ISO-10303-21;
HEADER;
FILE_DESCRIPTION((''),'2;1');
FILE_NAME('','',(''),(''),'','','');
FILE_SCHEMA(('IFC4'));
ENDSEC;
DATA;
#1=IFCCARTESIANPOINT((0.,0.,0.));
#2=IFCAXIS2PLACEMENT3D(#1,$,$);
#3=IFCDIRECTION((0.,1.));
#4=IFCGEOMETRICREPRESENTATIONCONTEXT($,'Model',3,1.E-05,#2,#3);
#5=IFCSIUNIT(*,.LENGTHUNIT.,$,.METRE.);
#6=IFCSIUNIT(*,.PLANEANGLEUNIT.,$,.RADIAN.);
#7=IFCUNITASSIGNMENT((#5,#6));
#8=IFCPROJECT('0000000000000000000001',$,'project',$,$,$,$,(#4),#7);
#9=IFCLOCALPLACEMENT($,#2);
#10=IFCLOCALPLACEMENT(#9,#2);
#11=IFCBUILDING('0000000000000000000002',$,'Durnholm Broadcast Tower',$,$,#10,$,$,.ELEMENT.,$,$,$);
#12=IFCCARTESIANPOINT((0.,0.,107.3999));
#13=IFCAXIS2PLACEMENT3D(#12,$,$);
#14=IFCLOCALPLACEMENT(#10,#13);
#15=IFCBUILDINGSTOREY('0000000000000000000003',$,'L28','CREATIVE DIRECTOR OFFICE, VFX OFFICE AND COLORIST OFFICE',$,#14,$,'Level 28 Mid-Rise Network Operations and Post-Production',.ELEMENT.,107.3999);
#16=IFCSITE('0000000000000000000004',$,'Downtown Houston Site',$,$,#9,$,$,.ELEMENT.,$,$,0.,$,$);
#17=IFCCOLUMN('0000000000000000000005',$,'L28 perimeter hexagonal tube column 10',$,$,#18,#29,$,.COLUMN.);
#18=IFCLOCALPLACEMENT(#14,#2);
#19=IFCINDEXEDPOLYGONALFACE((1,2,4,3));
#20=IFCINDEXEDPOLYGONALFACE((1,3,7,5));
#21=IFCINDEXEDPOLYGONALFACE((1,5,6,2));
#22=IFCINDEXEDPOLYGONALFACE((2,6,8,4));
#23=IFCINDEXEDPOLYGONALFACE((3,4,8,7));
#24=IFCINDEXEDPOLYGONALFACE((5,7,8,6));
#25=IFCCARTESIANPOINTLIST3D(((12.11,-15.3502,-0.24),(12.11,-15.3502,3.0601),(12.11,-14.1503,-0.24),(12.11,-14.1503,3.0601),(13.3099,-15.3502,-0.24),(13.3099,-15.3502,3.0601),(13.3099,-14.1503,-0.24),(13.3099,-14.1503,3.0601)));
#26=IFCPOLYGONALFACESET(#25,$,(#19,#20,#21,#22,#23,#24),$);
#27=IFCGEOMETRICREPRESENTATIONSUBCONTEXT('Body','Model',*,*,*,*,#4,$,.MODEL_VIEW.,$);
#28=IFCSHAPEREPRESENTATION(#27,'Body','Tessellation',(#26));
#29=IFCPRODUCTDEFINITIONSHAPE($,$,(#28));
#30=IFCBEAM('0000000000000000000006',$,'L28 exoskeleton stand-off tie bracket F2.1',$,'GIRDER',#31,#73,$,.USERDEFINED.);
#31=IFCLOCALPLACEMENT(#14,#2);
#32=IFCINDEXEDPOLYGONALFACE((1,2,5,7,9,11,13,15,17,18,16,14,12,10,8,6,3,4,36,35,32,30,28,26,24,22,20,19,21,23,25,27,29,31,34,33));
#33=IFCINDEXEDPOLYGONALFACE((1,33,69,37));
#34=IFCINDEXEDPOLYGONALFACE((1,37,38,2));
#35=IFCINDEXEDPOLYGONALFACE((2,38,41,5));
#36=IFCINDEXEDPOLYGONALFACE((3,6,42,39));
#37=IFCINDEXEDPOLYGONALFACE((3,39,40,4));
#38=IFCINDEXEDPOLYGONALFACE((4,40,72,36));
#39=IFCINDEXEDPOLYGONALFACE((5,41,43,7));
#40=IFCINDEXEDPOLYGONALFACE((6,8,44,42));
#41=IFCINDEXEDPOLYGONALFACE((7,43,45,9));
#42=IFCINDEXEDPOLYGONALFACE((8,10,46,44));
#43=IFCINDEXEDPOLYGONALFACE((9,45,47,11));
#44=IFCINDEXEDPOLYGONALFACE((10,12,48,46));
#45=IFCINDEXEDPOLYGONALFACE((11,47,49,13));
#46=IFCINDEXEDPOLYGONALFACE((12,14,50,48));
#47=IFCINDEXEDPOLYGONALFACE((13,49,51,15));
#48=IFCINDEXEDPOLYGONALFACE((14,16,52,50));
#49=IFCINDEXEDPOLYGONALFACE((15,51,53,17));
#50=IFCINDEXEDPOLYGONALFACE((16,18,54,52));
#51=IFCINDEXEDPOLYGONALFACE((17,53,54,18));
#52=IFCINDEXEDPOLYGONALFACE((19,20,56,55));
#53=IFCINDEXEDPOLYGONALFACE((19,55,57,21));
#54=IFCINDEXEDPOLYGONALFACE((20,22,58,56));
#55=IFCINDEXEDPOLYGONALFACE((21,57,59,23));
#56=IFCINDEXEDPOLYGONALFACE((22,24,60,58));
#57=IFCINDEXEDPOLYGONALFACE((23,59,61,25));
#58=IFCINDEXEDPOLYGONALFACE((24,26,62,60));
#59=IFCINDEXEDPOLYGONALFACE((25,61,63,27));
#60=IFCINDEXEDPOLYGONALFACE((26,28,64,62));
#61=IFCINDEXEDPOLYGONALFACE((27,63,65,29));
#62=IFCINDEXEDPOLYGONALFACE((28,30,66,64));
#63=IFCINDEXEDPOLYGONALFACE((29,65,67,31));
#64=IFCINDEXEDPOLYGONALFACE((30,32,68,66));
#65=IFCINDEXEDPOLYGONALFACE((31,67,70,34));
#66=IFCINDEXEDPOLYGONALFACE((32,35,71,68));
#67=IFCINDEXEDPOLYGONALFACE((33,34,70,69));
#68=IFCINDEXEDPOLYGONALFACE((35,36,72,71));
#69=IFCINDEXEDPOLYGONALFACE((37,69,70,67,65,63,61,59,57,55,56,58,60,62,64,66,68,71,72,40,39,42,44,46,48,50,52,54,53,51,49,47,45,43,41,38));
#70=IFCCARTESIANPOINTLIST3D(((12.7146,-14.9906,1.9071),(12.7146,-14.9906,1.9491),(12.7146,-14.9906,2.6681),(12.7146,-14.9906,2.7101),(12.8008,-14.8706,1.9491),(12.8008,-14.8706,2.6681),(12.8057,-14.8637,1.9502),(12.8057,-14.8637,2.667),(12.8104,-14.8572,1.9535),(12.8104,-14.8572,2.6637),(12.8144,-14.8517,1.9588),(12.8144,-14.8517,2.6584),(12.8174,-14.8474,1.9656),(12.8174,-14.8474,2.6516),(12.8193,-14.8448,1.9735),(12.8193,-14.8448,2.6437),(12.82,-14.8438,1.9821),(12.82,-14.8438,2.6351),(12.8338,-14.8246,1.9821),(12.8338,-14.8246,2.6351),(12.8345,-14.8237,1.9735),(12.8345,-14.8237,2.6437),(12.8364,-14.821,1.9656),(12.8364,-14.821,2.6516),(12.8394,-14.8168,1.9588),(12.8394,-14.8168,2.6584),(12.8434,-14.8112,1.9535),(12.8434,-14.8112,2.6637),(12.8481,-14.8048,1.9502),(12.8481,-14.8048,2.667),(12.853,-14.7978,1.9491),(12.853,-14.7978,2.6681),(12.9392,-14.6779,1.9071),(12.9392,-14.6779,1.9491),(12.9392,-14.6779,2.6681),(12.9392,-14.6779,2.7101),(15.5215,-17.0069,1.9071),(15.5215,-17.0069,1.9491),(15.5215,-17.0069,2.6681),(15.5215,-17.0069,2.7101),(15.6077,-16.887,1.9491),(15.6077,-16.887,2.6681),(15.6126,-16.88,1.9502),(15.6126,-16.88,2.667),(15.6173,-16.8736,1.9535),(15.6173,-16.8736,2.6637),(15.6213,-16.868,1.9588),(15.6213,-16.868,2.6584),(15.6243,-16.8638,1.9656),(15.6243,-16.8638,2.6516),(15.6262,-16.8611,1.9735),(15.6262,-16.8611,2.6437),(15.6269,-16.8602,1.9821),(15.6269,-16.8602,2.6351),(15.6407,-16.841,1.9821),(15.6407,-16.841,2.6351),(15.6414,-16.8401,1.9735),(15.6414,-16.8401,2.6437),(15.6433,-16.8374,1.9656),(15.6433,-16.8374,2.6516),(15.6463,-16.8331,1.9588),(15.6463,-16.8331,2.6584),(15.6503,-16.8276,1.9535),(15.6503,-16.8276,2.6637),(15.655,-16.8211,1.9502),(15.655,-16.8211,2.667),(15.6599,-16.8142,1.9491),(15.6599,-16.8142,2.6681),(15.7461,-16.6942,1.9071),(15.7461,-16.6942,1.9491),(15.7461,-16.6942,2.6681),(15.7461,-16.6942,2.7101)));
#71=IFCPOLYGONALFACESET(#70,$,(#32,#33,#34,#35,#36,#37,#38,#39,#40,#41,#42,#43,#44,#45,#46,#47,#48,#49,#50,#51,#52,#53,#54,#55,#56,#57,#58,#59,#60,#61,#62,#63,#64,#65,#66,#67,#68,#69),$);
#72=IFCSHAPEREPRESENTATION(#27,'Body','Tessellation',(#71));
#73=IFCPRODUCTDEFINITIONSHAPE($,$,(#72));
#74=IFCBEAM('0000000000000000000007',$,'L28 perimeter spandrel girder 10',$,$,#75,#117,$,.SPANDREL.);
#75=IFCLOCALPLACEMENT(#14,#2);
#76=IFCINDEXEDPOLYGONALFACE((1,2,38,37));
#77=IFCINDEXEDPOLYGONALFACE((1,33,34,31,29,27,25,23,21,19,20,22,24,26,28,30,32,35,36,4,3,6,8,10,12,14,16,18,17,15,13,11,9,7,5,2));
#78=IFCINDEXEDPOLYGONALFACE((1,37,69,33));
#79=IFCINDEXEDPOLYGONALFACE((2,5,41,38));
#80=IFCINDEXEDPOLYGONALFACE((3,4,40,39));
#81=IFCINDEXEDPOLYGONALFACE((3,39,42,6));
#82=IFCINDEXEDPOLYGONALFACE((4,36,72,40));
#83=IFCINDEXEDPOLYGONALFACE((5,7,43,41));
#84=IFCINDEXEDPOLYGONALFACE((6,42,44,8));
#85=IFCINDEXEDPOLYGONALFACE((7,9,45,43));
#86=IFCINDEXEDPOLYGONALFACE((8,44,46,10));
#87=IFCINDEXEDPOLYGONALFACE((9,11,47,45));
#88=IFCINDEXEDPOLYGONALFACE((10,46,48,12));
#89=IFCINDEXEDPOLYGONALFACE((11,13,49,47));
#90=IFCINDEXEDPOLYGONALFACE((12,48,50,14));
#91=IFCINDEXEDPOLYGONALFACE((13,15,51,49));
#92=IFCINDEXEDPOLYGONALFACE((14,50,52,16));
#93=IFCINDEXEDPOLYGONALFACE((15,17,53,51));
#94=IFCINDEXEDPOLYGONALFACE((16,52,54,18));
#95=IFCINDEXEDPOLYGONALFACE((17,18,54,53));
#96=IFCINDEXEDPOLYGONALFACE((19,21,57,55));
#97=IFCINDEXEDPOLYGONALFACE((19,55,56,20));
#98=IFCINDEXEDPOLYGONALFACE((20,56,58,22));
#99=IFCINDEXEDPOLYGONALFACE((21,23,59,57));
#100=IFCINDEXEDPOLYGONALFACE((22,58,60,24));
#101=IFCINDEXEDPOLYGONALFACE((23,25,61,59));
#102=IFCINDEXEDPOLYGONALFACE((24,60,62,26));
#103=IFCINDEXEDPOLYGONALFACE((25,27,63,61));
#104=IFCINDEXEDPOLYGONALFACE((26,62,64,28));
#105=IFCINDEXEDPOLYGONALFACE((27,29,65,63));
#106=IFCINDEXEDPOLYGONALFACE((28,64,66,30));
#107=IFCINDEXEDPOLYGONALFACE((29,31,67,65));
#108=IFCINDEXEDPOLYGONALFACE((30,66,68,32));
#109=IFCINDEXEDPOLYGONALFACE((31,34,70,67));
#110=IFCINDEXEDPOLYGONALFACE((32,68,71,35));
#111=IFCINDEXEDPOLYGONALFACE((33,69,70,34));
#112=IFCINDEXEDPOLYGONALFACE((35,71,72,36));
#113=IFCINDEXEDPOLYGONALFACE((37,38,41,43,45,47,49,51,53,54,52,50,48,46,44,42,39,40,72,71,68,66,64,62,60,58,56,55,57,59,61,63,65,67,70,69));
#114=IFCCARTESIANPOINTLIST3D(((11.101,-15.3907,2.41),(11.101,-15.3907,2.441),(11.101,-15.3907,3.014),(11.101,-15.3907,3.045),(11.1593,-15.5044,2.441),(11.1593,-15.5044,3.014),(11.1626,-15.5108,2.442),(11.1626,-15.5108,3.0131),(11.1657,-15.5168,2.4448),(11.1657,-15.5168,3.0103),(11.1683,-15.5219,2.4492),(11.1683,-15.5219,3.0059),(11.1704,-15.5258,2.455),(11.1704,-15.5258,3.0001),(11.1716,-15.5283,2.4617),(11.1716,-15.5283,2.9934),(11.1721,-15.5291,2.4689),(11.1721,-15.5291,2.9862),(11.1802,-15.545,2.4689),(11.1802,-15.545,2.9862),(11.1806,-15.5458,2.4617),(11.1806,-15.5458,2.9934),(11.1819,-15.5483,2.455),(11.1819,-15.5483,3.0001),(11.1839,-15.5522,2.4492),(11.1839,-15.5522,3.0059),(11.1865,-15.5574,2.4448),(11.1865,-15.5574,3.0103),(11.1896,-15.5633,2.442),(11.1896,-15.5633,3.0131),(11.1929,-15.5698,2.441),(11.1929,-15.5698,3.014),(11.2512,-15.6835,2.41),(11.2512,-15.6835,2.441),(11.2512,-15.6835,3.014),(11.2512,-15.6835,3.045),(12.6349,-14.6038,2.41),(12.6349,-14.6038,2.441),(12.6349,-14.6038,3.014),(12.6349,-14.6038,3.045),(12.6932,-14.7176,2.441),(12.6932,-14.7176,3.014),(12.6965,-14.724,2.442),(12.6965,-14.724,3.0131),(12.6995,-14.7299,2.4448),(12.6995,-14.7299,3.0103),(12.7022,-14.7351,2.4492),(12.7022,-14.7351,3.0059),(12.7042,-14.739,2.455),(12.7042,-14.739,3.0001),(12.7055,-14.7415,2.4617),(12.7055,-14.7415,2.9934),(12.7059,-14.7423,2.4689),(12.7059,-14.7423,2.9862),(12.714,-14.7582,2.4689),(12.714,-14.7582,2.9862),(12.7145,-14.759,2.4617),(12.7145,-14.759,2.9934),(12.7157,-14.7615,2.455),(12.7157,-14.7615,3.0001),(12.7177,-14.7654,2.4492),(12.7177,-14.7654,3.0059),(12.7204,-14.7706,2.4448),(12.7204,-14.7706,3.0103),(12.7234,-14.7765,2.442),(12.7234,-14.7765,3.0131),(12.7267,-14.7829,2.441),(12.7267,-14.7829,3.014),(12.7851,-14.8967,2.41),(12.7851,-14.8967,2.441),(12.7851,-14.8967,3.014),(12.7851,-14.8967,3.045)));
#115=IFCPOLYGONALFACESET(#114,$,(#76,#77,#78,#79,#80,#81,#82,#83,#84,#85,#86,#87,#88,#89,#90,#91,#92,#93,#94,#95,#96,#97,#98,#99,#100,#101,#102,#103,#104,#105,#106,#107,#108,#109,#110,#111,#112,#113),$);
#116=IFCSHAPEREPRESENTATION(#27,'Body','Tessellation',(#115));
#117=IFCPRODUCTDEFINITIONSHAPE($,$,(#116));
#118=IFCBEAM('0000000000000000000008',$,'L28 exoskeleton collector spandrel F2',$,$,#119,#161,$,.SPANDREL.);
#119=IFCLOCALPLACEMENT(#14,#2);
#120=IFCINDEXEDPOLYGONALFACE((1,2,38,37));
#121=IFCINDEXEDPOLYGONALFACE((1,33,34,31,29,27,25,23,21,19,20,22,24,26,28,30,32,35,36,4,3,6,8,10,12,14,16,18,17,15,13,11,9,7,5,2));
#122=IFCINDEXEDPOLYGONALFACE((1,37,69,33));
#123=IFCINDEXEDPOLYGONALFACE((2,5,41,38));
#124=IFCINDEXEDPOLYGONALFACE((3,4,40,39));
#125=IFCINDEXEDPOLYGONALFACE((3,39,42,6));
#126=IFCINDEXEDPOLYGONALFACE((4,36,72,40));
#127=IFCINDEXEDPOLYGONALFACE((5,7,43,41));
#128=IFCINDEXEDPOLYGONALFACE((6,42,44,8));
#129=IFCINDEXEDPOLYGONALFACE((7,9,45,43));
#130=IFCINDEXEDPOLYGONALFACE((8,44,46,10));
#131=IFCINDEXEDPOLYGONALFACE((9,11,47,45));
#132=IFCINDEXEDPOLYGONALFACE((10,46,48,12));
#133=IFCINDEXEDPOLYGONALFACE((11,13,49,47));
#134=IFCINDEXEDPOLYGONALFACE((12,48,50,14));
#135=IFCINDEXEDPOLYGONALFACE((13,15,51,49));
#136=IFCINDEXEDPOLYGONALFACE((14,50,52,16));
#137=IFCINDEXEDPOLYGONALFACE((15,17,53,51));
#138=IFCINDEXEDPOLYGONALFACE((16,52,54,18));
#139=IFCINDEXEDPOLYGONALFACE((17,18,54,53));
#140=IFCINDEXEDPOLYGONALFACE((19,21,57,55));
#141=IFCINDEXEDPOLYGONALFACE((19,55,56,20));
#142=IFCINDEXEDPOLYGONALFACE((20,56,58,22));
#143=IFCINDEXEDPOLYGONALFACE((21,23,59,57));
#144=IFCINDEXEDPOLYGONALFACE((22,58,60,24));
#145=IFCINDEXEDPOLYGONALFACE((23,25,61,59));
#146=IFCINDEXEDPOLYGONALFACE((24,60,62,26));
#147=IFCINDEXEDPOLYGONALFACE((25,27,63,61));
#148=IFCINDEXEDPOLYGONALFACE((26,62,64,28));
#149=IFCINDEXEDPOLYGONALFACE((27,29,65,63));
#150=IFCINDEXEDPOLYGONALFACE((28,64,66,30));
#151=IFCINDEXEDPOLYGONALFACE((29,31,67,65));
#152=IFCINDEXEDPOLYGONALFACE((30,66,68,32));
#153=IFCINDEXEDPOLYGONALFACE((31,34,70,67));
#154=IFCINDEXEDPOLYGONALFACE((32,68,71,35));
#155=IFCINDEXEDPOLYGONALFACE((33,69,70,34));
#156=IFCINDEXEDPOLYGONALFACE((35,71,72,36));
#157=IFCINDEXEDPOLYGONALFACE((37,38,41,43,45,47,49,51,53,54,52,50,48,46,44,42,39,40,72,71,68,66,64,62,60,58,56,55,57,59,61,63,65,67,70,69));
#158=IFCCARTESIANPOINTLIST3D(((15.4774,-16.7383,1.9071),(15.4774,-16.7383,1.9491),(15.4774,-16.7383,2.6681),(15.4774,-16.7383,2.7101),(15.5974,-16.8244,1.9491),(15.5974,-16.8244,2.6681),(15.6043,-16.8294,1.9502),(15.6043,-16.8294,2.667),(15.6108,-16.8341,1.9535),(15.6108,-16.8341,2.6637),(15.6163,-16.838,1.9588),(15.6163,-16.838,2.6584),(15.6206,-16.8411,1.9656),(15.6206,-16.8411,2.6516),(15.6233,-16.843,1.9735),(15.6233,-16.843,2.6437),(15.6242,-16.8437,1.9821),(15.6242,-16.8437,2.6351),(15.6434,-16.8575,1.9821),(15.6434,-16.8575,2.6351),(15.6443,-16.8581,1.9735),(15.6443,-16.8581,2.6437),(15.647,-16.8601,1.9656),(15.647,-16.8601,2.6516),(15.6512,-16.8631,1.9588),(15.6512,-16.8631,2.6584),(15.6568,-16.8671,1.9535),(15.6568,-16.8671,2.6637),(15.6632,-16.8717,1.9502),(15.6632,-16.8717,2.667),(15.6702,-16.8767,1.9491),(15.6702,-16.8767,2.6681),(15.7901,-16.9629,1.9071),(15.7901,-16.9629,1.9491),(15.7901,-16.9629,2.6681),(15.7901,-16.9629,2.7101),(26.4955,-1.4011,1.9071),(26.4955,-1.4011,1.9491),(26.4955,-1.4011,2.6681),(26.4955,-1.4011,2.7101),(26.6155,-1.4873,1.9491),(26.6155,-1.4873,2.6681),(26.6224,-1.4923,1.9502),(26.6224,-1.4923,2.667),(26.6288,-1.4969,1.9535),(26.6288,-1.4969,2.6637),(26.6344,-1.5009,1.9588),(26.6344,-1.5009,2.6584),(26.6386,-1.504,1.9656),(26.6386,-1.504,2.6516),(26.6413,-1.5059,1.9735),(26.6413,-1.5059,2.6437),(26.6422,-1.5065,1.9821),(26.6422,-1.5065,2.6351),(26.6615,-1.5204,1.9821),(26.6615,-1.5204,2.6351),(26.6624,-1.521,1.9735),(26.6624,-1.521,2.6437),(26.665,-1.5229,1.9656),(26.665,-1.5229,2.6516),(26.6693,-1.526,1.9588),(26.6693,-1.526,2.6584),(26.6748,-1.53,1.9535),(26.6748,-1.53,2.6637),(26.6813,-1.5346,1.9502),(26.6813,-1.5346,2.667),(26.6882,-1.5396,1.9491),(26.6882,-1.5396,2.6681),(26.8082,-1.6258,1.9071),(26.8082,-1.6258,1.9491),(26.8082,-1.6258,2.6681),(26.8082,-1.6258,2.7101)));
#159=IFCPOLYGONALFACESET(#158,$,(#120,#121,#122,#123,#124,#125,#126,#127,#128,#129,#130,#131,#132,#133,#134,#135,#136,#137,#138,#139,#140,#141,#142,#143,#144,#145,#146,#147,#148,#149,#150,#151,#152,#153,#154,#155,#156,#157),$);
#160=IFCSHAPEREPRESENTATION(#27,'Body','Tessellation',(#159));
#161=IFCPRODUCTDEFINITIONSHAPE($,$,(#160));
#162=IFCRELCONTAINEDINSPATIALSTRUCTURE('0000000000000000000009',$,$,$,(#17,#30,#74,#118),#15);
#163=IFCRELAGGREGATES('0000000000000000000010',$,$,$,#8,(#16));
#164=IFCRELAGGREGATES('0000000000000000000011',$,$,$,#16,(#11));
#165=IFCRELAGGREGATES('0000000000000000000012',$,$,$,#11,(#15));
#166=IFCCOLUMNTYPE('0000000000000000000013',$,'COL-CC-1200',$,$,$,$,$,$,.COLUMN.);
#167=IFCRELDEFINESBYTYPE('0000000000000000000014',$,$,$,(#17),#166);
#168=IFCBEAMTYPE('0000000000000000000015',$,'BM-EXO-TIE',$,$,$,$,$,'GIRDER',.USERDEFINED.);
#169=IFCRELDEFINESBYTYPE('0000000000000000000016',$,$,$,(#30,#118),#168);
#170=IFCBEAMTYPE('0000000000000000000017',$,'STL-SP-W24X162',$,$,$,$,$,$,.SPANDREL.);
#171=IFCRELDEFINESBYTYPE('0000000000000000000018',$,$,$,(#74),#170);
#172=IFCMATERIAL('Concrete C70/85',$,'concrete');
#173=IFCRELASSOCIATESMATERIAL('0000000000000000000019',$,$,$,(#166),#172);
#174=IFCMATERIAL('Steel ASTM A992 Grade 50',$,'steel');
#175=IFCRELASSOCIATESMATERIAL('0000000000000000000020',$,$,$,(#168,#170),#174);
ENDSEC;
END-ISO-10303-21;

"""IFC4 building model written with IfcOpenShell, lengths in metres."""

from ifc_helpers import new_model, si_unit, direction, frame, origin, origin_2d, place, context, subcontext, project, spatial, rectangle, i_section, extrude, source, transform, mapped, material, material_profile, profile_set, type_object, type_shapes, element, save


model = new_model("IFC4")

# Units and contexts
model_context = context("Model", 3, precision=1e-05, world=origin(), true_north=direction((0.0, 1.0)))
body_context = subcontext(model_context, "Body", "Model", "MODEL_VIEW")
ifc_project = project(units=[si_unit("LENGTHUNIT", "METRE"), si_unit("PLANEANGLEUNIT", "RADIAN")], contexts=[model_context])

# Site, building, storey
site_placement = place(None, origin())
site = spatial("IfcSite", under=ifc_project, at=site_placement, Name="Downtown Houston Site", CompositionType="ELEMENT", RefElevation=0.0)
building_placement = place(site_placement, origin())
building = spatial("IfcBuilding", under=site, at=building_placement, Name="Durnholm Broadcast Tower", CompositionType="ELEMENT")
storey_placement = place(building_placement, frame((0.0, 0.0, 107.3999)))
storey = spatial("IfcBuildingStorey", under=building, at=storey_placement, Name="L28", Description="CREATIVE DIRECTOR OFFICE, VFX OFFICE AND COLORIST OFFICE", LongName="Level 28 Mid-Rise Network Operations and Post-Production", CompositionType="ELEMENT", Elevation=107.3999)

# Column
ifc_material_1 = material(Name="Concrete C70/85", Category="concrete")
ifc_material_profile_1 = material_profile(ifc_material_1, rectangle(XDim=1.2, YDim=1.2, at=origin_2d()), Name="RC1200X1200")
ifc_profile_set_1 = profile_set([ifc_material_profile_1], Name="Concrete C70/85")
column_type = type_object("IfcColumnType", Name="COL-CC-1200", PredefinedType="COLUMN", material=ifc_profile_set_1)
shared_shape_1 = source(origin(), body_context, "Body", "SweptSolid", [
    extrude(rectangle(XDim=1.2, YDim=1.2, at=origin_2d()), origin(), (0.0, 0.0, 1.0), 3.3),
])
type_shapes(column_type, [shared_shape_1])
column_placement = place(storey_placement, frame((12.71, -14.7502, -0.24), z_axis=(0.0, 0.0, 1.0), x_axis=(1.0, 0.0, 0.0)))
element("IfcColumn", 1, at=column_placement, inside=storey, type_object=column_type, Name="L28 perimeter hexagonal tube column 10", PredefinedType="COLUMN", context=body_context, shape_type="MappedRepresentation", body=[
    mapped(shared_shape_1, transform((0.0, 0.0, 0.0), x_axis=(1.0, 0.0, 0.0), y_axis=(0.0, 1.0, 0.0), z_axis=(0.0, 0.0, 1.0), scale=1.0)),
])

# Beams
ifc_material_2 = material(Name="Steel ASTM A992 Grade 50", Category="steel")
ifc_material_profile_2 = material_profile(ifc_material_2, i_section(OverallWidth=0.385, OverallDepth=0.803, WebThickness=0.0237, FlangeThickness=0.042, FilletRadius=0.033, at=origin_2d()), Name="W30X261")
ifc_profile_set_2 = profile_set([ifc_material_profile_2], Name="Steel ASTM A992 Grade 50")
beam_type_1 = type_object("IfcBeamType", Name="BM-EXO-TIE", ElementType="GIRDER", PredefinedType="USERDEFINED", material=ifc_profile_set_2)
shared_shape_2 = source(origin(), body_context, "Body", "SweptSolid", [
    extrude(i_section(OverallWidth=0.385, OverallDepth=0.803, WebThickness=0.0237, FlangeThickness=0.042, FilletRadius=0.033, at=origin_2d()), origin(), (0.0, 0.0, 1.0), 3.4561),
])
beam_1_placement = place(storey_placement, frame((12.8269, -14.8342, 2.3086), z_axis=(0.812165, -0.583428, 0.0), x_axis=(0.583428, 0.812165, 0.0)))
element("IfcBeam", 2, at=beam_1_placement, inside=storey, type_object=beam_type_1, Name="L28 exoskeleton stand-off tie bracket F2.1", ObjectType="GIRDER", PredefinedType="USERDEFINED", context=body_context, shape_type="MappedRepresentation", body=[
    mapped(shared_shape_2, transform((0.0, 0.0, 0.0), x_axis=(1.0, 0.0, 0.0), y_axis=(0.0, 1.0, 0.0), z_axis=(0.0, 0.0, 1.0), scale=1.0)),
])
ifc_material_profile_3 = material_profile(ifc_material_2, i_section(OverallWidth=0.3291, OverallDepth=0.635, WebThickness=0.0178, FlangeThickness=0.031, FilletRadius=0.0278, at=origin_2d()), Name="W24X162")
ifc_profile_set_3 = profile_set([ifc_material_profile_3], Name="Steel ASTM A992 Grade 50")
beam_type_2 = type_object("IfcBeamType", Name="STL-SP-W24X162", PredefinedType="SPANDREL", material=ifc_profile_set_3)
shared_shape_3 = source(origin(), body_context, "Body", "SweptSolid", [
    extrude(i_section(OverallWidth=0.3291, OverallDepth=0.635, WebThickness=0.0178, FlangeThickness=0.031, FilletRadius=0.0278, at=origin_2d()), origin(), (0.0, 0.0, 1.0), 1.7239),
])
type_shapes(beam_type_2, [shared_shape_3])
beam_2_placement = place(storey_placement, frame((12.71, -14.7502, 2.7275), z_axis=(-0.889763, -0.456423, 0.0), x_axis=(0.456423, -0.889763, 0.0)))
element("IfcBeam", 3, at=beam_2_placement, inside=storey, type_object=beam_type_2, Name="L28 perimeter spandrel girder 10", PredefinedType="SPANDREL", context=body_context, shape_type="MappedRepresentation", body=[
    mapped(shared_shape_3, transform((0.0, 0.0, 0.0), x_axis=(1.0, 0.0, 0.0), y_axis=(0.0, 1.0, 0.0), z_axis=(0.0, 0.0, 1.0), scale=1.0)),
])
shared_shape_4 = source(origin(), body_context, "Body", "SweptSolid", [
    extrude(i_section(OverallWidth=0.385, OverallDepth=0.803, WebThickness=0.0237, FlangeThickness=0.042, FilletRadius=0.033, at=origin_2d()), origin(), (0.0, 0.0, 1.0), 18.8845),
])
type_shapes(beam_type_1, [shared_shape_2, shared_shape_4])
beam_3_placement = place(storey_placement, frame((15.6338, -16.8506, 2.3086), z_axis=(0.583443, 0.812154, 0.0), x_axis=(-0.812154, 0.583443, 0.0)))
element("IfcBeam", 4, at=beam_3_placement, inside=storey, type_object=beam_type_1, Name="L28 exoskeleton collector spandrel F2", PredefinedType="SPANDREL", context=body_context, shape_type="MappedRepresentation", body=[
    mapped(shared_shape_4, transform((0.0, 0.0, 0.0), x_axis=(1.0, 0.0, 0.0), y_axis=(0.0, 1.0, 0.0), z_axis=(0.0, 0.0, 1.0), scale=1.0)),
])

save(model, "model.ifc")
